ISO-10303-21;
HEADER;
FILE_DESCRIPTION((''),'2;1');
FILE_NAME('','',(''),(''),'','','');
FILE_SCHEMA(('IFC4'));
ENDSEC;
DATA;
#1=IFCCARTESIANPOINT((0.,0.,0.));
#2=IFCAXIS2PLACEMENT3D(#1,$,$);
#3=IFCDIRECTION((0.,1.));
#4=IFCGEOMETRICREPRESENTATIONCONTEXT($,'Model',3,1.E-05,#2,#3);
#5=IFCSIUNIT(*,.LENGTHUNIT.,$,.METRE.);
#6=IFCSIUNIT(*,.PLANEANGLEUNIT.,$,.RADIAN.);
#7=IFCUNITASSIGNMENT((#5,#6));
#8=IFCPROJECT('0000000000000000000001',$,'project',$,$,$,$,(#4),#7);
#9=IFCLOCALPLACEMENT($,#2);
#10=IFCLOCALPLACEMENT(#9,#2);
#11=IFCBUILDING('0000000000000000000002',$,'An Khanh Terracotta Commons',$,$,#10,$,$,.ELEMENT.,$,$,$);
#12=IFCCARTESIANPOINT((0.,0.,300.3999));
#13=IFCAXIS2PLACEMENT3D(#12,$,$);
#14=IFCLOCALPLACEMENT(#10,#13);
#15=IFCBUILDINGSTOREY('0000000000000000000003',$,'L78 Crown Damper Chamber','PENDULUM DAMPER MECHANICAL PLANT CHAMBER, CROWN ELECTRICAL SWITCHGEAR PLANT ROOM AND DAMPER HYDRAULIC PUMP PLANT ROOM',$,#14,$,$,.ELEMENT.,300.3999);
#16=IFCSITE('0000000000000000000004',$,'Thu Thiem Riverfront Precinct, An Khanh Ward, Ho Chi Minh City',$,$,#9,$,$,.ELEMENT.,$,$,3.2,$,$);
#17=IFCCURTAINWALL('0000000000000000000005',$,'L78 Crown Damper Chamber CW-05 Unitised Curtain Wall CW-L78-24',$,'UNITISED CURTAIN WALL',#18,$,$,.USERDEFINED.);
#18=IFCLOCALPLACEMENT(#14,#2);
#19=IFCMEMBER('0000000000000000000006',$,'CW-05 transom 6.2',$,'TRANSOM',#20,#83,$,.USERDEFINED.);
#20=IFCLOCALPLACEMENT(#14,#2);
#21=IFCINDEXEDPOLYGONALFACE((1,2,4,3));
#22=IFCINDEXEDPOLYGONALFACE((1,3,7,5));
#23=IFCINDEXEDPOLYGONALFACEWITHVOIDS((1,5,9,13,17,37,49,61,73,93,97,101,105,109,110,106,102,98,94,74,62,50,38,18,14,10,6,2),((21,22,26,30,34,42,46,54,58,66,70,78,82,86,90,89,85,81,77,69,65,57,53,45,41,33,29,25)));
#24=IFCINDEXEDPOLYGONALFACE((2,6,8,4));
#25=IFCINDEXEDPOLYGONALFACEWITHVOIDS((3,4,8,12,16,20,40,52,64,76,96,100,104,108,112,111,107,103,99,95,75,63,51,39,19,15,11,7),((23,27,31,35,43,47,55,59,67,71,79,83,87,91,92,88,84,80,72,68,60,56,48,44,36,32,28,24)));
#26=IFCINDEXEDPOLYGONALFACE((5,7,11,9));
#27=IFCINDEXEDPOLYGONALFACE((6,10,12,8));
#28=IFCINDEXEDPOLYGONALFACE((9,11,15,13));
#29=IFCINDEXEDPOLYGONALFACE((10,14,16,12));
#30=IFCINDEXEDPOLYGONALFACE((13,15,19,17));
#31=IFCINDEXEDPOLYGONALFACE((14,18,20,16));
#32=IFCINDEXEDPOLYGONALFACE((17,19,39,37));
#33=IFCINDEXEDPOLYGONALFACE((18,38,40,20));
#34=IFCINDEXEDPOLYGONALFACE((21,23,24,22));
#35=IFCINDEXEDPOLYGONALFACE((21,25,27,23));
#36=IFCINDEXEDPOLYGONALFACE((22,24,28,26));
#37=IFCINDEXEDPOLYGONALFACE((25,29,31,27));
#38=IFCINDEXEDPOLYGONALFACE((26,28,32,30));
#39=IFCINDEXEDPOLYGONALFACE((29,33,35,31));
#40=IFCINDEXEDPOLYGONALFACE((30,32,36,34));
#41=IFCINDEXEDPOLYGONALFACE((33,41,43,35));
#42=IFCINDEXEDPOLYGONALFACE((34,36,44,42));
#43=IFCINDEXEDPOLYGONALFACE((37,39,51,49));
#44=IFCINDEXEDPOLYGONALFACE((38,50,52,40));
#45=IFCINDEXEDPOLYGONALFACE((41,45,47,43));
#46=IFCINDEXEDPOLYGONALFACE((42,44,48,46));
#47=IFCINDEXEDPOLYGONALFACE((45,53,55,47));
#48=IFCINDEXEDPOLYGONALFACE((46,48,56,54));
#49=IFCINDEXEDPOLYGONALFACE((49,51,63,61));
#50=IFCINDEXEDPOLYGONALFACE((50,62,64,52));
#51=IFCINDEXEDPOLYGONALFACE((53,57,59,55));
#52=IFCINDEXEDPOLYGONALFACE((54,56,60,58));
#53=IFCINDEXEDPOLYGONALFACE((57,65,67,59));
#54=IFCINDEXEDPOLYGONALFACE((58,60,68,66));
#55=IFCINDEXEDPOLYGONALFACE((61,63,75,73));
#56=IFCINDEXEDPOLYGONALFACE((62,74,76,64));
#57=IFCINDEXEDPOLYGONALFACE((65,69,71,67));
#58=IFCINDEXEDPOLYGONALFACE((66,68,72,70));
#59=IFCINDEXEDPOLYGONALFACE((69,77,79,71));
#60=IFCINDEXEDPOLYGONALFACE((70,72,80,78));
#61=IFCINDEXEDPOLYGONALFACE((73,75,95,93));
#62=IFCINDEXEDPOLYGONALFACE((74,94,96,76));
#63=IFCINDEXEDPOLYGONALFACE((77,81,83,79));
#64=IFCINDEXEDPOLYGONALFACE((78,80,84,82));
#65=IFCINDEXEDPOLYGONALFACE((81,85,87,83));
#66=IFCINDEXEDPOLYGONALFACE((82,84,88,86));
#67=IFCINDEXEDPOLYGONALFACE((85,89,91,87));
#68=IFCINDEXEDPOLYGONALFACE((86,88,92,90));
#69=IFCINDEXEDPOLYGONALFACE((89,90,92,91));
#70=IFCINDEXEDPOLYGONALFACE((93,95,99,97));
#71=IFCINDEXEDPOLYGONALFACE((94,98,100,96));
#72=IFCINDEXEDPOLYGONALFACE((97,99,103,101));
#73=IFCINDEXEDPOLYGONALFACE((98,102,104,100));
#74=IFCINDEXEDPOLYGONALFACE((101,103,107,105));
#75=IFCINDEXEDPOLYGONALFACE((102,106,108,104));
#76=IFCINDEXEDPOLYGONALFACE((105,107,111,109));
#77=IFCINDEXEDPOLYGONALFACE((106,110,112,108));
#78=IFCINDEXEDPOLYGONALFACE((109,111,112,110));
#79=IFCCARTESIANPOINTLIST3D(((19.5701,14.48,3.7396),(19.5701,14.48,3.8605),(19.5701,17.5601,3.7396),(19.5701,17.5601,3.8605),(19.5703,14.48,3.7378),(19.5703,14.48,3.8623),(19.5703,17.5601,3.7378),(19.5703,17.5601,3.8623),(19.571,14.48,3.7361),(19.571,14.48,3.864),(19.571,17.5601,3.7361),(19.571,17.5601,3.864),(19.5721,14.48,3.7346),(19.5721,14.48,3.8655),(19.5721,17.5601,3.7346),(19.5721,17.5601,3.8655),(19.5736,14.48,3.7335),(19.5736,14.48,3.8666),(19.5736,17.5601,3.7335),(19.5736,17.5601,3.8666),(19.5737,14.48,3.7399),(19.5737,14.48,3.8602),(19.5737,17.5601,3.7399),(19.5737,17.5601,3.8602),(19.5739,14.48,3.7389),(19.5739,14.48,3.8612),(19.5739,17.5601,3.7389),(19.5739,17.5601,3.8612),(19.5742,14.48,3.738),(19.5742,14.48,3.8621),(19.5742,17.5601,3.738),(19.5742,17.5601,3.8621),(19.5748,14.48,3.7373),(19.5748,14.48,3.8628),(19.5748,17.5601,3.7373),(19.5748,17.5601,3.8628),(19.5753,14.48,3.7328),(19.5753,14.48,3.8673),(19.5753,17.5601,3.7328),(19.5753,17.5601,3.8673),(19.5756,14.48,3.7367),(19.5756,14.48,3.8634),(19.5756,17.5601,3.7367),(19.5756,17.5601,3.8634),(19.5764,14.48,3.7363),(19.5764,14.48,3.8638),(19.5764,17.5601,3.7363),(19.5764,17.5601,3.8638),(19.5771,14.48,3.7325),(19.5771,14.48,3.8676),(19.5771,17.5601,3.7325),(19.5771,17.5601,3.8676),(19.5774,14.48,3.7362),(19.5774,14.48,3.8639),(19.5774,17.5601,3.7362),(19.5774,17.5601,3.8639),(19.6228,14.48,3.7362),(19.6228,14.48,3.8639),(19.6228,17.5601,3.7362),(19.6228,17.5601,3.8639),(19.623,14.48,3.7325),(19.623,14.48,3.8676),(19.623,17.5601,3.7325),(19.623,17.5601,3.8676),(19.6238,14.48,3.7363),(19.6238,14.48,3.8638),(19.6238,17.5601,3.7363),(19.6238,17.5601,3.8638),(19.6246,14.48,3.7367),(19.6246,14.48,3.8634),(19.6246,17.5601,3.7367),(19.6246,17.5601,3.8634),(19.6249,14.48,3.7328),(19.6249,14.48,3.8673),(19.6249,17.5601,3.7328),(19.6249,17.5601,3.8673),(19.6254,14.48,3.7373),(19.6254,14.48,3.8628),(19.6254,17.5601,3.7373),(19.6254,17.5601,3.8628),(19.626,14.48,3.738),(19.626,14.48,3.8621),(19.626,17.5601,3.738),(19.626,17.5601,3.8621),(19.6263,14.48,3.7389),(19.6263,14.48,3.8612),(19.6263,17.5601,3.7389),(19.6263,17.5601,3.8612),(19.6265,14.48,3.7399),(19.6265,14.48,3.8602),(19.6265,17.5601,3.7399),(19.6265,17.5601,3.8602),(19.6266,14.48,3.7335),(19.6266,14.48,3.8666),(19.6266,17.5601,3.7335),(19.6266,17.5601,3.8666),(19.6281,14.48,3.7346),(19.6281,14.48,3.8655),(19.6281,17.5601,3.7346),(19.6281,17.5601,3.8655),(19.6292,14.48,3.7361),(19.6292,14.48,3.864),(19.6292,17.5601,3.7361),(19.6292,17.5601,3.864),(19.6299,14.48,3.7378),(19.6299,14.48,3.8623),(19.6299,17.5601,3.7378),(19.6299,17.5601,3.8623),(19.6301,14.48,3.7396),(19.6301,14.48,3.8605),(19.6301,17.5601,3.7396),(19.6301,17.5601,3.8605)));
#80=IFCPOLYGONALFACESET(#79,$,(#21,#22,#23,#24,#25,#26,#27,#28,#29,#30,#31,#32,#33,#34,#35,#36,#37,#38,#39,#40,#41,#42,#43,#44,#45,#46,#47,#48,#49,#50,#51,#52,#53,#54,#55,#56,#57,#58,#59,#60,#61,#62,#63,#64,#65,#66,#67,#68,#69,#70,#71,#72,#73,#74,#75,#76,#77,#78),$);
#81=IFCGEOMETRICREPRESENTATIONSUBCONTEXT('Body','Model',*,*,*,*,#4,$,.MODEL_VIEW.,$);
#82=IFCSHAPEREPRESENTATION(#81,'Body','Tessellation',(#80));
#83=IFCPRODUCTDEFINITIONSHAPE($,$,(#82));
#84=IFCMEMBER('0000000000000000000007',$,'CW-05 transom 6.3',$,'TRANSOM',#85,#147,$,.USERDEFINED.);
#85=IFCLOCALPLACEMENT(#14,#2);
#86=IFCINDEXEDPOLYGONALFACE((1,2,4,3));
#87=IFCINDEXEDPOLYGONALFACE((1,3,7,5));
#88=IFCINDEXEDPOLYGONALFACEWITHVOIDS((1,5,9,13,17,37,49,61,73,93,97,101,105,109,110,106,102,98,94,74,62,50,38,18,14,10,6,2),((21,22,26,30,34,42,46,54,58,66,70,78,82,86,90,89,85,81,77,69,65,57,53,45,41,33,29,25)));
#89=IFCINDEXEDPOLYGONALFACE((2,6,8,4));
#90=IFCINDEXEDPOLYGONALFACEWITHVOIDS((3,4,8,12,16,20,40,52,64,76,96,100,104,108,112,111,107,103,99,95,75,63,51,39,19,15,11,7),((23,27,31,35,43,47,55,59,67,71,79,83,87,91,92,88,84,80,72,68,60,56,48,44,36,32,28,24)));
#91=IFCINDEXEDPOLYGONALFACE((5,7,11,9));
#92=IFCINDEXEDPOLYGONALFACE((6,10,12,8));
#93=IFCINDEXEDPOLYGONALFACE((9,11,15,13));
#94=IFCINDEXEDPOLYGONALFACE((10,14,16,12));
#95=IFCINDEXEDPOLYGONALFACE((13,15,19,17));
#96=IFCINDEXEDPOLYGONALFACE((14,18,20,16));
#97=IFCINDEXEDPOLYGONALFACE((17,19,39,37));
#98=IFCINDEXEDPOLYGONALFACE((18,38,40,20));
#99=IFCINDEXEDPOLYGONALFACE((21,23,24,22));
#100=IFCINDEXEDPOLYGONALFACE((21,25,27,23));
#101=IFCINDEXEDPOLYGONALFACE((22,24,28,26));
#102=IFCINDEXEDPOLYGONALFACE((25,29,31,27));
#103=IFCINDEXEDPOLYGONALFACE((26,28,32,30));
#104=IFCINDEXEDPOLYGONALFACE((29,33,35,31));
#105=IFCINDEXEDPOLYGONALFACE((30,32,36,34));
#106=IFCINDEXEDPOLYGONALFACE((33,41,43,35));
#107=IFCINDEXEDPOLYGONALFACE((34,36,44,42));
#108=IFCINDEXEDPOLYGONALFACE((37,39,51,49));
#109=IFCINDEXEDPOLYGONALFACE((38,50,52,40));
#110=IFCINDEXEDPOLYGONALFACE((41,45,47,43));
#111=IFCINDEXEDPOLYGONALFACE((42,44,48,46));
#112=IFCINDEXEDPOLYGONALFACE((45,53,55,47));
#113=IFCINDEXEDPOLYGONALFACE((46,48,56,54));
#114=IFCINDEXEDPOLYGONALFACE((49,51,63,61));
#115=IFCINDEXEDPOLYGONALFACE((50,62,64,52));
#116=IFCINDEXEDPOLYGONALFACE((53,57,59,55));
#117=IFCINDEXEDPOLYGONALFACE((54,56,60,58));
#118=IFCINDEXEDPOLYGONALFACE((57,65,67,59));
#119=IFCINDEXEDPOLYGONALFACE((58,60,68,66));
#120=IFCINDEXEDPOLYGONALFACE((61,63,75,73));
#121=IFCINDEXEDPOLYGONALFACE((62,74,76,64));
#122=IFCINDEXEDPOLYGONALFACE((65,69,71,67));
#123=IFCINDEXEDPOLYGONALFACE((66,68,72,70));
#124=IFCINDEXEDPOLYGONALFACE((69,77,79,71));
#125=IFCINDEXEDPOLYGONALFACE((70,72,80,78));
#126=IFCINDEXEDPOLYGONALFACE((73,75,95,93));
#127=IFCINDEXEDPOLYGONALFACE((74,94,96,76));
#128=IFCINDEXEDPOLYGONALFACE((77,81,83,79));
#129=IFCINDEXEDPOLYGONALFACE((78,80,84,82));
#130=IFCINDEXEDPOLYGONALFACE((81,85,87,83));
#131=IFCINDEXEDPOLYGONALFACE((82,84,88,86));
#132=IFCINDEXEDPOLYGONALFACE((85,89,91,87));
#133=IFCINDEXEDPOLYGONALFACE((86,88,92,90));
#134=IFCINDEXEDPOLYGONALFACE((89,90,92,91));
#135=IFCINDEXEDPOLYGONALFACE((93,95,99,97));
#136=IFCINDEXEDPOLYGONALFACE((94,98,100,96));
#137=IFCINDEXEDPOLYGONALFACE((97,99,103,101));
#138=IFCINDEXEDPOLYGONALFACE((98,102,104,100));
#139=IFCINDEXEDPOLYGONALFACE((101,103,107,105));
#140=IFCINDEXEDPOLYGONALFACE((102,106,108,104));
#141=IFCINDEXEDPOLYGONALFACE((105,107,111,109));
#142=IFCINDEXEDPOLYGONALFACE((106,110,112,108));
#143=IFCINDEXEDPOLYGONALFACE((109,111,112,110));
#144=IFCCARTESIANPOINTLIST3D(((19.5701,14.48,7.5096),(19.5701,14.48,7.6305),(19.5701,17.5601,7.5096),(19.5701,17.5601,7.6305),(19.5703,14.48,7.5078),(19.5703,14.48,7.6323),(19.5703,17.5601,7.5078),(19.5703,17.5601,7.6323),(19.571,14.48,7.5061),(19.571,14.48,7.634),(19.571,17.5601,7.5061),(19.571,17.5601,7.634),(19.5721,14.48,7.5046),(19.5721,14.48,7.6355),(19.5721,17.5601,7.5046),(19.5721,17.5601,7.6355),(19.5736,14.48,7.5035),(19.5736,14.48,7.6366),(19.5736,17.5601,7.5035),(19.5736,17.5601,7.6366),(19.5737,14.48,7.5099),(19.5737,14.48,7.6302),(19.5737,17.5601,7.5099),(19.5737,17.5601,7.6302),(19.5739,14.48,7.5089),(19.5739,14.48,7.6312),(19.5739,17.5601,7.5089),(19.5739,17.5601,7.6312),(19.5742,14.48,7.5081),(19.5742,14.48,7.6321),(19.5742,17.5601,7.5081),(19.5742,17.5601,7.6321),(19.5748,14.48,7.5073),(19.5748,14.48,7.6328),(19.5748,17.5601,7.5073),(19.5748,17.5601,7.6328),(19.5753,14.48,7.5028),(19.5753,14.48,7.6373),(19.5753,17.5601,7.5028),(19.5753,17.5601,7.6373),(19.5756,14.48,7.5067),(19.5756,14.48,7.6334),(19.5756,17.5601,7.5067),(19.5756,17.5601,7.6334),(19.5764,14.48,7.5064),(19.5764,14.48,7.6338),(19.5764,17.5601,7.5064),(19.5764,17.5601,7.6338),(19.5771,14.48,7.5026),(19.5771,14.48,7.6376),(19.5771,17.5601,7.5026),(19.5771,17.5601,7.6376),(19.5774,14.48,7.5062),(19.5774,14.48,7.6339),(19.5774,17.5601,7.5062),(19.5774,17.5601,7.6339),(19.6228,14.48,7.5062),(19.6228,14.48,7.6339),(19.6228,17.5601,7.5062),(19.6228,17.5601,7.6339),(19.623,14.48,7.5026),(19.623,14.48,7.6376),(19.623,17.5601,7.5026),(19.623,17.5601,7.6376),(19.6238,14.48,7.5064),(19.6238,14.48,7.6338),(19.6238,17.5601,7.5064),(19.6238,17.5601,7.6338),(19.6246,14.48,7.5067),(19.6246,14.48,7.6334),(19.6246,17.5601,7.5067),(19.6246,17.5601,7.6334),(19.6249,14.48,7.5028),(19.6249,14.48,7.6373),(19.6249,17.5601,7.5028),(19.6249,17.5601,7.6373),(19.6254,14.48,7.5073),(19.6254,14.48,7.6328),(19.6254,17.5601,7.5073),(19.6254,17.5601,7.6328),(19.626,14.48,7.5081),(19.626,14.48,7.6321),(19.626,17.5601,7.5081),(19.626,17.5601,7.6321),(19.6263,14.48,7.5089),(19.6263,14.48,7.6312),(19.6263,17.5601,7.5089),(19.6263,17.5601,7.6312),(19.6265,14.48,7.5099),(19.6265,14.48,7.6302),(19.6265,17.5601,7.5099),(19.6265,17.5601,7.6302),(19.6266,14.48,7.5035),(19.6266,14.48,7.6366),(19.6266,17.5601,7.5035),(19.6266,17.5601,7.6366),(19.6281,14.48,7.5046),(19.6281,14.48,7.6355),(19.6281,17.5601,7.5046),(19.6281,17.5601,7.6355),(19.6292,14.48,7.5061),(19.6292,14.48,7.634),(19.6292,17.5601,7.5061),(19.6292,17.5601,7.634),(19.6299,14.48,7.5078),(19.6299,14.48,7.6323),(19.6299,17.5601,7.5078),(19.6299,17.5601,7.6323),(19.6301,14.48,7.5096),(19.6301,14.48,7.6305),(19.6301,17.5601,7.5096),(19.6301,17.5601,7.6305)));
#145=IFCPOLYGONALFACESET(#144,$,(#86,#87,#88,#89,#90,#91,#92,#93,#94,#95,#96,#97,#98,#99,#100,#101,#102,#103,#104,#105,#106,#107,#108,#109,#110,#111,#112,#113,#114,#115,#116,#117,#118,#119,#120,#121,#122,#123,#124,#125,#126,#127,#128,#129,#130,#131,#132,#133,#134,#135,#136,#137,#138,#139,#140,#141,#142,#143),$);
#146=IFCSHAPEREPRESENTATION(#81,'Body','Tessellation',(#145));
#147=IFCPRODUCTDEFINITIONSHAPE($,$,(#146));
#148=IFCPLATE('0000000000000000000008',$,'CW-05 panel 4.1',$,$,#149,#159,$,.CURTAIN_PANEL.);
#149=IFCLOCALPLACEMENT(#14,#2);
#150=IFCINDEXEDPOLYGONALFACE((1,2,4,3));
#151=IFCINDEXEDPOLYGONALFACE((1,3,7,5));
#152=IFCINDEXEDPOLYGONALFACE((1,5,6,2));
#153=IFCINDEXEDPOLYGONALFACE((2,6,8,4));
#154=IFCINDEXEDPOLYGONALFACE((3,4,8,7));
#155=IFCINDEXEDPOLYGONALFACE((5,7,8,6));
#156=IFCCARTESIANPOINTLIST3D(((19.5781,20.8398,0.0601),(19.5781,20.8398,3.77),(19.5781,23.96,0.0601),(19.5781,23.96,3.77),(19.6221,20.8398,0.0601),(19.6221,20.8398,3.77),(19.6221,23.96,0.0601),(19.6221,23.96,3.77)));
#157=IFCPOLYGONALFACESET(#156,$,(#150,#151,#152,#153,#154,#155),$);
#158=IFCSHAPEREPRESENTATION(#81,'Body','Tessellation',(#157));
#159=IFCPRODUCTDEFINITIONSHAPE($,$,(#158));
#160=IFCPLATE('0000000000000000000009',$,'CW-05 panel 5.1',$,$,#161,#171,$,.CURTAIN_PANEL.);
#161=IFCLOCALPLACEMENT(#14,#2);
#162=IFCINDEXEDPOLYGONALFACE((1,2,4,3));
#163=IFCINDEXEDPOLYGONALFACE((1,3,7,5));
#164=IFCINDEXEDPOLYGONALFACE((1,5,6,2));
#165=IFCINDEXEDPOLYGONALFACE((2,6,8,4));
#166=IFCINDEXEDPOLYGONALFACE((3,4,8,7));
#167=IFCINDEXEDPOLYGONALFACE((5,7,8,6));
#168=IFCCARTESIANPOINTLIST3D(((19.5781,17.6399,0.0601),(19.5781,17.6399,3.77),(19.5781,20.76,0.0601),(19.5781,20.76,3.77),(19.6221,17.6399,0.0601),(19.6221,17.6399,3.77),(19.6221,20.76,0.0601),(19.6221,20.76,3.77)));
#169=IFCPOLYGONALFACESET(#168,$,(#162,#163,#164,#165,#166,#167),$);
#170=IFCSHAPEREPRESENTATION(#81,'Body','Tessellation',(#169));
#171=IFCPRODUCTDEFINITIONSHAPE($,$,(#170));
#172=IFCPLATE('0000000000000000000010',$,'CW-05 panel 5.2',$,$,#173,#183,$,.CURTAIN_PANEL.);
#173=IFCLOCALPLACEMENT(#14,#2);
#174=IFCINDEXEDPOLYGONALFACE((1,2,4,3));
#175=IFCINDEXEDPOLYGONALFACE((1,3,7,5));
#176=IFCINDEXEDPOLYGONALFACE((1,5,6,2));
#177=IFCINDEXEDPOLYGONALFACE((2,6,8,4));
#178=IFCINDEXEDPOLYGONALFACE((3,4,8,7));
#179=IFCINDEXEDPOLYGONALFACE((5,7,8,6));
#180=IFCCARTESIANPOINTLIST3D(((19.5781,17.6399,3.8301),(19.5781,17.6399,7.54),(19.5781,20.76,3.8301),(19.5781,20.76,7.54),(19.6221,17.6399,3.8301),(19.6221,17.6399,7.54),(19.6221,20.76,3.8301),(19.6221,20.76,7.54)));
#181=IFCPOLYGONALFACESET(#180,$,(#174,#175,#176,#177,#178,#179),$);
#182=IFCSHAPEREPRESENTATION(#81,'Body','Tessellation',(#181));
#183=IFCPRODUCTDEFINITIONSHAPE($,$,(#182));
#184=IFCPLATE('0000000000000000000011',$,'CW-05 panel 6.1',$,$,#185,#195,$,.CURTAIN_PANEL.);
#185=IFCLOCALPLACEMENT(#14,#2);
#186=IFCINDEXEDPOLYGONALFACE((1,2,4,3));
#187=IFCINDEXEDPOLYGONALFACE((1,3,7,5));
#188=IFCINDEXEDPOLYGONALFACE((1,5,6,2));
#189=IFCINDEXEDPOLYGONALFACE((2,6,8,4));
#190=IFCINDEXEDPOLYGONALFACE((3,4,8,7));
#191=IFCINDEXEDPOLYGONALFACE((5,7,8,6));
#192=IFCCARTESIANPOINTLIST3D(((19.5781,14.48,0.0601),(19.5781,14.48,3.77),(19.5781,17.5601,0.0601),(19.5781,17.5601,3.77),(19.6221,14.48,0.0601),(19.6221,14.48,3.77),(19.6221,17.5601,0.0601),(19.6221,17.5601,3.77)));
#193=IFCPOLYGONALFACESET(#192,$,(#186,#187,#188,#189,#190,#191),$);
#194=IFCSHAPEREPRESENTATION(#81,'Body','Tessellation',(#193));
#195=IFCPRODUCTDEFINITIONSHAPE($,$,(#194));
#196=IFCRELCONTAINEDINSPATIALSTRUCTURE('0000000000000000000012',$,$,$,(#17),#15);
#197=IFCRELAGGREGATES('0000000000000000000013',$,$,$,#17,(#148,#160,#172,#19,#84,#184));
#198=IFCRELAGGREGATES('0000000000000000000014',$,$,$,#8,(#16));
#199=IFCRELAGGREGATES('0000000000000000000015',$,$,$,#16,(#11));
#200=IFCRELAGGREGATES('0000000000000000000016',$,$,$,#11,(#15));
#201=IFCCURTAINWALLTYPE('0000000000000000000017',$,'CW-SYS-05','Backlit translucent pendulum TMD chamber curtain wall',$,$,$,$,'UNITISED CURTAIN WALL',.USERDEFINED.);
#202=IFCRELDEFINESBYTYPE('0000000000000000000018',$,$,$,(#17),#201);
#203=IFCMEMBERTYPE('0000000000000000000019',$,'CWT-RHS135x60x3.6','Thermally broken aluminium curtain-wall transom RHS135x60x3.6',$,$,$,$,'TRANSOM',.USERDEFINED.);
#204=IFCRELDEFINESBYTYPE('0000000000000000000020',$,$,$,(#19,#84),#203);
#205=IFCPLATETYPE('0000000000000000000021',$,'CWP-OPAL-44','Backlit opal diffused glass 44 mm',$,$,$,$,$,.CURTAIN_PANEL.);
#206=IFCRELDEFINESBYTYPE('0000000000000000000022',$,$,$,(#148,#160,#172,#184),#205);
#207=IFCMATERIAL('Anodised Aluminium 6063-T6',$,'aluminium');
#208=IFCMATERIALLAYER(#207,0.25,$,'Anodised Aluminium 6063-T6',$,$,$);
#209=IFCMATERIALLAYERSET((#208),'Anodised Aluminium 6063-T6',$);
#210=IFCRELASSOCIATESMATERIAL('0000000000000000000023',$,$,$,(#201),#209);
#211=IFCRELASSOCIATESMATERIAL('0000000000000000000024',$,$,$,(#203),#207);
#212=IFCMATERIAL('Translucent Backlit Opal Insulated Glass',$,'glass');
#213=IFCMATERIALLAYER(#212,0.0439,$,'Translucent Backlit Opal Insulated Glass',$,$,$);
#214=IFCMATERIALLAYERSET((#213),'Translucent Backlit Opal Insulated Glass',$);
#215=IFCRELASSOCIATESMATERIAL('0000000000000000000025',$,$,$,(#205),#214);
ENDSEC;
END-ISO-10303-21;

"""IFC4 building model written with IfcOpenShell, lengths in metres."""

from ifc_helpers import new_model, si_unit, direction, frame, origin, origin_2d, place, context, subcontext, project, spatial, rectangle, hollow_rectangle, extrude, material, layer, layer_set, material_profile, profile_set, type_object, element, aggregate, save


model = new_model("IFC4")

# Units and contexts
model_context = context("Model", 3, precision=1e-05, world=origin(), true_north=direction((0.0, 1.0)))
body_context = subcontext(model_context, "Body", "Model", "MODEL_VIEW")
ifc_project = project(units=[si_unit("LENGTHUNIT", "METRE"), si_unit("PLANEANGLEUNIT", "RADIAN")], contexts=[model_context])

# Site, building, storey
site_placement = place(None, origin())
site = spatial("IfcSite", under=ifc_project, at=site_placement, Name="Thu Thiem Riverfront Precinct, An Khanh Ward, Ho Chi Minh City", CompositionType="ELEMENT", RefElevation=3.2)
building_placement = place(site_placement, origin())
building = spatial("IfcBuilding", under=site, at=building_placement, Name="An Khanh Terracotta Commons", CompositionType="ELEMENT")
storey_placement = place(building_placement, frame((0.0, 0.0, 300.3999)))
storey = spatial("IfcBuildingStorey", under=building, at=storey_placement, Name="L78 Crown Damper Chamber", Description="PENDULUM DAMPER MECHANICAL PLANT CHAMBER, CROWN ELECTRICAL SWITCHGEAR PLANT ROOM AND DAMPER HYDRAULIC PUMP PLANT ROOM", CompositionType="ELEMENT", Elevation=300.3999)

# Curtain wall, members, plates
ifc_material_1 = material(Name="Anodised Aluminium 6063-T6", Category="aluminium")
ifc_layer_1 = layer(ifc_material_1, 0.25, Name="Anodised Aluminium 6063-T6")
ifc_layer_set_1 = layer_set([ifc_layer_1], Name="Anodised Aluminium 6063-T6")
curtain_wall_type = type_object("IfcCurtainWallType", Name="CW-SYS-05", Description="Backlit translucent pendulum TMD chamber curtain wall", ElementType="UNITISED CURTAIN WALL", PredefinedType="USERDEFINED", material=ifc_layer_set_1)
curtain_wall_placement = place(storey_placement, origin())
curtain_wall = element("IfcCurtainWall", 1, at=curtain_wall_placement, inside=storey, type_object=curtain_wall_type, Name="L78 Crown Damper Chamber CW-05 Unitised Curtain Wall CW-L78-24", ObjectType="UNITISED CURTAIN WALL", PredefinedType="USERDEFINED")
ifc_material_profile_1 = material_profile(ifc_material_1, hollow_rectangle(XDim=0.0601, YDim=0.135, WallThickness=0.0037, InnerFilletRadius=0.0037, OuterFilletRadius=0.0071, at=origin_2d()), Name="RHS135x60x3.6")
ifc_profile_set_1 = profile_set([ifc_material_profile_1], Name="Anodised Aluminium 6063-T6")
member_type_1 = type_object("IfcMemberType", Name="CWT-RHS135x60x3.6", Description="Thermally broken aluminium curtain-wall transom RHS135x60x3.6", ElementType="TRANSOM", PredefinedType="USERDEFINED", material=ifc_profile_set_1)
member_1_placement = place(storey_placement, frame((19.6001, 17.5601, 3.8), z_axis=(0.0, -1.0, 0.0), x_axis=(1.0, 0.0, 0.0)))
member_1 = element("IfcMember", 2, at=member_1_placement, type_object=member_type_1, Name="CW-05 transom 6.2", ObjectType="TRANSOM", PredefinedType="USERDEFINED", context=body_context, shape_type="SweptSolid", body=[
    extrude(hollow_rectangle(XDim=0.0601, YDim=0.135, WallThickness=0.0037, InnerFilletRadius=0.0037, OuterFilletRadius=0.0071, at=origin_2d()), origin(), (0.0, 0.0, 1.0), 3.0801),
])
member_2_placement = place(storey_placement, frame((19.6001, 17.5601, 7.5701), z_axis=(0.0, -1.0, 0.0), x_axis=(1.0, 0.0, 0.0)))
member_2 = element("IfcMember", 3, at=member_2_placement, type_object=member_type_1, Name="CW-05 transom 6.3", ObjectType="TRANSOM", PredefinedType="USERDEFINED", context=body_context, shape_type="SweptSolid", body=[
    extrude(hollow_rectangle(XDim=0.0601, YDim=0.135, WallThickness=0.0037, InnerFilletRadius=0.0037, OuterFilletRadius=0.0071, at=origin_2d()), origin(), (0.0, 0.0, 1.0), 3.0801),
])
ifc_material_2 = material(Name="Translucent Backlit Opal Insulated Glass", Category="glass")
ifc_layer_2 = layer(ifc_material_2, 0.0439, Name="Translucent Backlit Opal Insulated Glass")
ifc_layer_set_2 = layer_set([ifc_layer_2], Name="Translucent Backlit Opal Insulated Glass")
plate_type = type_object("IfcPlateType", Name="CWP-OPAL-44", Description="Backlit opal diffused glass 44 mm", PredefinedType="CURTAIN_PANEL", material=ifc_layer_set_2)
plate_1_placement = place(storey_placement, frame((19.6001, 22.3999, 0.0601), z_axis=(0.0, 0.0, 1.0), x_axis=(0.0, -1.0, 0.0)))
plate_1 = element("IfcPlate", 4, at=plate_1_placement, type_object=plate_type, Name="CW-05 panel 4.1", PredefinedType="CURTAIN_PANEL", context=body_context, shape_type="SweptSolid", body=[
    extrude(rectangle(XDim=3.1201, YDim=0.0439, at=origin_2d()), origin(), (0.0, 0.0, 1.0), 3.71),
])
plate_2_placement = place(storey_placement, frame((19.6001, 19.2, 0.0601), z_axis=(0.0, 0.0, 1.0), x_axis=(0.0, -1.0, 0.0)))
plate_2 = element("IfcPlate", 5, at=plate_2_placement, type_object=plate_type, Name="CW-05 panel 5.1", PredefinedType="CURTAIN_PANEL", context=body_context, shape_type="SweptSolid", body=[
    extrude(rectangle(XDim=3.1201, YDim=0.0439, at=origin_2d()), origin(), (0.0, 0.0, 1.0), 3.71),
])
plate_3_placement = place(storey_placement, frame((19.6001, 19.2, 3.8301), z_axis=(0.0, 0.0, 1.0), x_axis=(0.0, -1.0, 0.0)))
plate_3 = element("IfcPlate", 6, at=plate_3_placement, type_object=plate_type, Name="CW-05 panel 5.2", PredefinedType="CURTAIN_PANEL", context=body_context, shape_type="SweptSolid", body=[
    extrude(rectangle(XDim=3.1201, YDim=0.0439, at=origin_2d()), origin(), (0.0, 0.0, 1.0), 3.71),
])
plate_4_placement = place(storey_placement, frame((19.6001, 16.02, 0.0601), z_axis=(0.0, 0.0, 1.0), x_axis=(0.0, -1.0, 0.0)))
plate_4 = element("IfcPlate", 7, at=plate_4_placement, type_object=plate_type, Name="CW-05 panel 6.1", PredefinedType="CURTAIN_PANEL", context=body_context, shape_type="SweptSolid", body=[
    extrude(rectangle(XDim=3.0801, YDim=0.0439, at=origin_2d()), origin(), (0.0, 0.0, 1.0), 3.71),
])
aggregate(curtain_wall, [plate_1, plate_2, plate_3, member_1, member_2, plate_4])

save(model, "model.ifc")
